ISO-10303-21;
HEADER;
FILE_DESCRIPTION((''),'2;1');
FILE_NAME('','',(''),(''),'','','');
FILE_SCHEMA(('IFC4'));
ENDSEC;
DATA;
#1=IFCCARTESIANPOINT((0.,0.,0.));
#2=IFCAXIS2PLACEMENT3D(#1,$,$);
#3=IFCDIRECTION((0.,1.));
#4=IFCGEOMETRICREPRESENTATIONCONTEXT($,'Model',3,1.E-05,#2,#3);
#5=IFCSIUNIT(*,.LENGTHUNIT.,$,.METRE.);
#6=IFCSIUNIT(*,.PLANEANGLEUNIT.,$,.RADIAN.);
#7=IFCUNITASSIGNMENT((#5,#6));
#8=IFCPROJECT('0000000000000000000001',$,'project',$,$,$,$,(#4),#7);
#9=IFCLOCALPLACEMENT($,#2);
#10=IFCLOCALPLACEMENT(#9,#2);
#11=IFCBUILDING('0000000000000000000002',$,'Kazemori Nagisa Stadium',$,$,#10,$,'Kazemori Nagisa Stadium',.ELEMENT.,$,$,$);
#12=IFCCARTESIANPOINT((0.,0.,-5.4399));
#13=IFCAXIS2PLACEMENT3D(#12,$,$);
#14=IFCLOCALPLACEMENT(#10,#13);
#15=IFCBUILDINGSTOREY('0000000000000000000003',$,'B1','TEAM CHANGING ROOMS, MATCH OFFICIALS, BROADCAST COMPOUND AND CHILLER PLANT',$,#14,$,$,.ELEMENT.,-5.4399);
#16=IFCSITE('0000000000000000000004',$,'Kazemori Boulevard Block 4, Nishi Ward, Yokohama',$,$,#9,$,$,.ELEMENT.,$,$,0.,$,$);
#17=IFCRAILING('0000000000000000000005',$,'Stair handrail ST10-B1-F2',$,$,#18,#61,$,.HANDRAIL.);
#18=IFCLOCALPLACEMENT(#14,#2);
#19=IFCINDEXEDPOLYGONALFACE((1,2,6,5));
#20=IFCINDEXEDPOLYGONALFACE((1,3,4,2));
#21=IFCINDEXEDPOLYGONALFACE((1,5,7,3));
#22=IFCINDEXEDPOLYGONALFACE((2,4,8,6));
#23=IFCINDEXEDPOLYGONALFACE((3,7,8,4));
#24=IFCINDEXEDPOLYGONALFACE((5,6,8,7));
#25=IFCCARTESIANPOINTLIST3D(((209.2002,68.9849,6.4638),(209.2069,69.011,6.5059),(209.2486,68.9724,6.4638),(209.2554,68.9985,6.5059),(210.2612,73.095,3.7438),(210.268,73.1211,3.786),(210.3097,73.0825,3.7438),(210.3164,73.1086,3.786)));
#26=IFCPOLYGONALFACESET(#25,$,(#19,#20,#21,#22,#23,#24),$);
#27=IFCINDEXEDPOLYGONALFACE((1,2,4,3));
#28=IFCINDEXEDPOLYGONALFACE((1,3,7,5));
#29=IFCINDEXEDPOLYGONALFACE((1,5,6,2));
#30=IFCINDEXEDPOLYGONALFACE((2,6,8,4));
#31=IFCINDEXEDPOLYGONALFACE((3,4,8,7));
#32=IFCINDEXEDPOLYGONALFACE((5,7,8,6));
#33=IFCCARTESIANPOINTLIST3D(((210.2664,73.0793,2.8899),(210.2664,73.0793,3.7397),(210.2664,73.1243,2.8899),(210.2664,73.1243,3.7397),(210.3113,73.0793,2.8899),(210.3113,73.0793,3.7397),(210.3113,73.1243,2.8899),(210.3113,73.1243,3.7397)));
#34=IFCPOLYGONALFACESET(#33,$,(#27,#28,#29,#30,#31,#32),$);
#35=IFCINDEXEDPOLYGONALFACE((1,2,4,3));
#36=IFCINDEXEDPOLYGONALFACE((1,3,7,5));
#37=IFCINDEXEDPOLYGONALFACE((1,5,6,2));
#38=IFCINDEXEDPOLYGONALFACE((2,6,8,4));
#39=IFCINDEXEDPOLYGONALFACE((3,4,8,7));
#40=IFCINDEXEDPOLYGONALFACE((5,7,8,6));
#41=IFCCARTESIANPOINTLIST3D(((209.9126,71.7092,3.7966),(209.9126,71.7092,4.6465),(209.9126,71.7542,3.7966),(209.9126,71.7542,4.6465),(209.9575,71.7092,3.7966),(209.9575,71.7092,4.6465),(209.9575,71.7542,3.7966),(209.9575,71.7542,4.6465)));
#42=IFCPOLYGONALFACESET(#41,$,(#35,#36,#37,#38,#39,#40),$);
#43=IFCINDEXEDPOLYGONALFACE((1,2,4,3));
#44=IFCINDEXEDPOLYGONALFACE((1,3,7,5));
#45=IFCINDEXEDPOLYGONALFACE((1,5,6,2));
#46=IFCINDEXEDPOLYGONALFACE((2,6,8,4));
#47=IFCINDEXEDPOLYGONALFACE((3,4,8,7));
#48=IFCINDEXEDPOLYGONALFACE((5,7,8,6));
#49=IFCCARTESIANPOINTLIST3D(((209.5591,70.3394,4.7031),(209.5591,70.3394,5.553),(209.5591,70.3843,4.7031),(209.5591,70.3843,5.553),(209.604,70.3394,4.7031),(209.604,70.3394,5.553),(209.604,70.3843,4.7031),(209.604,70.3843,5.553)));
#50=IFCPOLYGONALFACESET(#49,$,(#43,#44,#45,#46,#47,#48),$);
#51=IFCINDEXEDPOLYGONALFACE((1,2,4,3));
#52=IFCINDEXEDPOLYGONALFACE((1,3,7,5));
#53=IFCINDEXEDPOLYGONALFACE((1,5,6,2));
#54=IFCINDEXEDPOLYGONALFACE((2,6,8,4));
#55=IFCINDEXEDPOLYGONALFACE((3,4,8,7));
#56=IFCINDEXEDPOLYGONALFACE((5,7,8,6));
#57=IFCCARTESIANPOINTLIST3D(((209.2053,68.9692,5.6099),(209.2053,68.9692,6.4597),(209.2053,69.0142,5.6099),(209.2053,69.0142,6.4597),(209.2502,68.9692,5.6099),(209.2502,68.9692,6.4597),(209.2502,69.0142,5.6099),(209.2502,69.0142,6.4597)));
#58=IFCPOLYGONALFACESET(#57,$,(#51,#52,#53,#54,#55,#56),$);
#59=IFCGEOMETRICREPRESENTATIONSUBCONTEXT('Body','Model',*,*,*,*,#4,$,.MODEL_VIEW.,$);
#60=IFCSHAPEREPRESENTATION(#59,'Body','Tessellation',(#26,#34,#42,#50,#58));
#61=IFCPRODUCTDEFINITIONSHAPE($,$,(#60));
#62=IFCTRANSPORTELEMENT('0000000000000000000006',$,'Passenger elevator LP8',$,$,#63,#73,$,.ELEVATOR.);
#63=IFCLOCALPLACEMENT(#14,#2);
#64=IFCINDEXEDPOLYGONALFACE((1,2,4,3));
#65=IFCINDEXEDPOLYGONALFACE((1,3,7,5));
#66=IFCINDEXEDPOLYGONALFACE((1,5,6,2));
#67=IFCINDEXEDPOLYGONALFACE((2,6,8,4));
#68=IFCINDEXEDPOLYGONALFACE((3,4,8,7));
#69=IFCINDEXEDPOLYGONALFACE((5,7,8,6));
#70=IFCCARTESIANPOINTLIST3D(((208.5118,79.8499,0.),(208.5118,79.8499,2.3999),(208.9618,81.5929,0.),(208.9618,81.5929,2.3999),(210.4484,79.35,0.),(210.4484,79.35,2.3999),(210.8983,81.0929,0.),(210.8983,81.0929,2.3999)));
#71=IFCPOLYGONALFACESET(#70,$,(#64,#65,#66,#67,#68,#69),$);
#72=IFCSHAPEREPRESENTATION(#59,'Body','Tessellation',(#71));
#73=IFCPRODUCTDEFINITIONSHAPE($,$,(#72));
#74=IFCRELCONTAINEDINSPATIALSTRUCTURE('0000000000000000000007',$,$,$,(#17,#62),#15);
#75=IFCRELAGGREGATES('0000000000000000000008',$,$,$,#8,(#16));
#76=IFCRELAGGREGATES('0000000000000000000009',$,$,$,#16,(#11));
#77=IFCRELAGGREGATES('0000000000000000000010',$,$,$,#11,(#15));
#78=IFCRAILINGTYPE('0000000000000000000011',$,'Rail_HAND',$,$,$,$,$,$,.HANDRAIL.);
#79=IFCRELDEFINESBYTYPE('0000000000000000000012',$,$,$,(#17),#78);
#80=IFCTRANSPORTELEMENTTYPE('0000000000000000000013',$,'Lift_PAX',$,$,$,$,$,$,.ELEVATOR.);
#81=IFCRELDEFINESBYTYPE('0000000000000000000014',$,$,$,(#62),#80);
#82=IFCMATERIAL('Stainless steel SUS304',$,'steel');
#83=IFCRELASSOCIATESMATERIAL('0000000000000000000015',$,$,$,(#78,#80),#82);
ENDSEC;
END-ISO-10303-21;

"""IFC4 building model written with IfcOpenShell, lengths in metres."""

from ifc_helpers import new_model, si_unit, direction, frame, origin, origin_2d, place, context, subcontext, project, spatial, rectangle, extrude, material, type_object, element, save


model = new_model("IFC4")

# Units and contexts
model_context = context("Model", 3, precision=1e-05, world=origin(), true_north=direction((0.0, 1.0)))
body_context = subcontext(model_context, "Body", "Model", "MODEL_VIEW")
ifc_project = project(units=[si_unit("LENGTHUNIT", "METRE"), si_unit("PLANEANGLEUNIT", "RADIAN")], contexts=[model_context])

# Site, building, storey
site_placement = place(None, origin())
site = spatial("IfcSite", under=ifc_project, at=site_placement, Name="Kazemori Boulevard Block 4, Nishi Ward, Yokohama", CompositionType="ELEMENT", RefElevation=0.0)
building_placement = place(site_placement, origin())
building = spatial("IfcBuilding", under=site, at=building_placement, Name="Kazemori Nagisa Stadium", LongName="Kazemori Nagisa Stadium", CompositionType="ELEMENT")
storey_placement = place(building_placement, frame((0.0, 0.0, -5.4399)))
storey = spatial("IfcBuildingStorey", under=building, at=storey_placement, Name="B1", Description="TEAM CHANGING ROOMS, MATCH OFFICIALS, BROADCAST COMPOUND AND CHILLER PLANT", CompositionType="ELEMENT", Elevation=-5.4399)

# Shared definitions
ifc_material_1 = material(Name="Stainless steel SUS304", Category="steel")

# Railing
railing_type_1 = type_object("IfcRailingType", Name="Rail_HAND", PredefinedType="HANDRAIL", material=ifc_material_1)
railing_1_placement = place(storey_placement, frame((210.2888, 73.1018, 2.8899)))
element("IfcRailing", 1, at=railing_1_placement, inside=storey, type_object=railing_type_1, Name="Stair handrail ST10-B1-F2", PredefinedType="HANDRAIL", context=body_context, shape_type="SweptSolid", body=[
    extrude(rectangle(XDim=0.05, YDim=0.05, at=origin_2d()), frame((0.0, 0.0, 0.875), z_axis=(-0.210459, -0.81525, 0.539513), x_axis=(0.968257, -0.249958, 0.0)), (0.0, 0.0, 1.0), 5.0415),
    extrude(rectangle(XDim=0.0449, YDim=0.0449, at=origin_2d()), origin(), (0.0, 0.0, 1.0), 0.8499),
    extrude(rectangle(XDim=0.0449, YDim=0.0449, at=origin_2d()), frame((-0.3538, -1.3701, 0.9067)), (0.0, 0.0, 1.0), 0.8499),
    extrude(rectangle(XDim=0.0449, YDim=0.0449, at=origin_2d()), frame((-0.7073, -2.74, 1.8132)), (0.0, 0.0, 1.0), 0.8499),
    extrude(rectangle(XDim=0.0449, YDim=0.0449, at=origin_2d()), frame((-1.061, -4.1101, 2.72)), (0.0, 0.0, 1.0), 0.8499),
])

# Transport element
transport_element_type = type_object("IfcTransportElementType", Name="Lift_PAX", PredefinedType="ELEVATOR", material=ifc_material_1)
transport_element_placement = place(storey_placement, frame((209.7051, 80.4714, 0.0), z_axis=(0.0, 0.0, 1.0), x_axis=(0.249965, 0.968255, 0.0)))
element("IfcTransportElement", 2, at=transport_element_placement, inside=storey, type_object=transport_element_type, Name="Passenger elevator LP8", PredefinedType="ELEVATOR", context=body_context, shape_type="SweptSolid", body=[
    extrude(rectangle(XDim=1.8, YDim=2.0, at=origin_2d()), origin(), (0.0, 0.0, 1.0), 2.3999),
])

save(model, "model.ifc")
